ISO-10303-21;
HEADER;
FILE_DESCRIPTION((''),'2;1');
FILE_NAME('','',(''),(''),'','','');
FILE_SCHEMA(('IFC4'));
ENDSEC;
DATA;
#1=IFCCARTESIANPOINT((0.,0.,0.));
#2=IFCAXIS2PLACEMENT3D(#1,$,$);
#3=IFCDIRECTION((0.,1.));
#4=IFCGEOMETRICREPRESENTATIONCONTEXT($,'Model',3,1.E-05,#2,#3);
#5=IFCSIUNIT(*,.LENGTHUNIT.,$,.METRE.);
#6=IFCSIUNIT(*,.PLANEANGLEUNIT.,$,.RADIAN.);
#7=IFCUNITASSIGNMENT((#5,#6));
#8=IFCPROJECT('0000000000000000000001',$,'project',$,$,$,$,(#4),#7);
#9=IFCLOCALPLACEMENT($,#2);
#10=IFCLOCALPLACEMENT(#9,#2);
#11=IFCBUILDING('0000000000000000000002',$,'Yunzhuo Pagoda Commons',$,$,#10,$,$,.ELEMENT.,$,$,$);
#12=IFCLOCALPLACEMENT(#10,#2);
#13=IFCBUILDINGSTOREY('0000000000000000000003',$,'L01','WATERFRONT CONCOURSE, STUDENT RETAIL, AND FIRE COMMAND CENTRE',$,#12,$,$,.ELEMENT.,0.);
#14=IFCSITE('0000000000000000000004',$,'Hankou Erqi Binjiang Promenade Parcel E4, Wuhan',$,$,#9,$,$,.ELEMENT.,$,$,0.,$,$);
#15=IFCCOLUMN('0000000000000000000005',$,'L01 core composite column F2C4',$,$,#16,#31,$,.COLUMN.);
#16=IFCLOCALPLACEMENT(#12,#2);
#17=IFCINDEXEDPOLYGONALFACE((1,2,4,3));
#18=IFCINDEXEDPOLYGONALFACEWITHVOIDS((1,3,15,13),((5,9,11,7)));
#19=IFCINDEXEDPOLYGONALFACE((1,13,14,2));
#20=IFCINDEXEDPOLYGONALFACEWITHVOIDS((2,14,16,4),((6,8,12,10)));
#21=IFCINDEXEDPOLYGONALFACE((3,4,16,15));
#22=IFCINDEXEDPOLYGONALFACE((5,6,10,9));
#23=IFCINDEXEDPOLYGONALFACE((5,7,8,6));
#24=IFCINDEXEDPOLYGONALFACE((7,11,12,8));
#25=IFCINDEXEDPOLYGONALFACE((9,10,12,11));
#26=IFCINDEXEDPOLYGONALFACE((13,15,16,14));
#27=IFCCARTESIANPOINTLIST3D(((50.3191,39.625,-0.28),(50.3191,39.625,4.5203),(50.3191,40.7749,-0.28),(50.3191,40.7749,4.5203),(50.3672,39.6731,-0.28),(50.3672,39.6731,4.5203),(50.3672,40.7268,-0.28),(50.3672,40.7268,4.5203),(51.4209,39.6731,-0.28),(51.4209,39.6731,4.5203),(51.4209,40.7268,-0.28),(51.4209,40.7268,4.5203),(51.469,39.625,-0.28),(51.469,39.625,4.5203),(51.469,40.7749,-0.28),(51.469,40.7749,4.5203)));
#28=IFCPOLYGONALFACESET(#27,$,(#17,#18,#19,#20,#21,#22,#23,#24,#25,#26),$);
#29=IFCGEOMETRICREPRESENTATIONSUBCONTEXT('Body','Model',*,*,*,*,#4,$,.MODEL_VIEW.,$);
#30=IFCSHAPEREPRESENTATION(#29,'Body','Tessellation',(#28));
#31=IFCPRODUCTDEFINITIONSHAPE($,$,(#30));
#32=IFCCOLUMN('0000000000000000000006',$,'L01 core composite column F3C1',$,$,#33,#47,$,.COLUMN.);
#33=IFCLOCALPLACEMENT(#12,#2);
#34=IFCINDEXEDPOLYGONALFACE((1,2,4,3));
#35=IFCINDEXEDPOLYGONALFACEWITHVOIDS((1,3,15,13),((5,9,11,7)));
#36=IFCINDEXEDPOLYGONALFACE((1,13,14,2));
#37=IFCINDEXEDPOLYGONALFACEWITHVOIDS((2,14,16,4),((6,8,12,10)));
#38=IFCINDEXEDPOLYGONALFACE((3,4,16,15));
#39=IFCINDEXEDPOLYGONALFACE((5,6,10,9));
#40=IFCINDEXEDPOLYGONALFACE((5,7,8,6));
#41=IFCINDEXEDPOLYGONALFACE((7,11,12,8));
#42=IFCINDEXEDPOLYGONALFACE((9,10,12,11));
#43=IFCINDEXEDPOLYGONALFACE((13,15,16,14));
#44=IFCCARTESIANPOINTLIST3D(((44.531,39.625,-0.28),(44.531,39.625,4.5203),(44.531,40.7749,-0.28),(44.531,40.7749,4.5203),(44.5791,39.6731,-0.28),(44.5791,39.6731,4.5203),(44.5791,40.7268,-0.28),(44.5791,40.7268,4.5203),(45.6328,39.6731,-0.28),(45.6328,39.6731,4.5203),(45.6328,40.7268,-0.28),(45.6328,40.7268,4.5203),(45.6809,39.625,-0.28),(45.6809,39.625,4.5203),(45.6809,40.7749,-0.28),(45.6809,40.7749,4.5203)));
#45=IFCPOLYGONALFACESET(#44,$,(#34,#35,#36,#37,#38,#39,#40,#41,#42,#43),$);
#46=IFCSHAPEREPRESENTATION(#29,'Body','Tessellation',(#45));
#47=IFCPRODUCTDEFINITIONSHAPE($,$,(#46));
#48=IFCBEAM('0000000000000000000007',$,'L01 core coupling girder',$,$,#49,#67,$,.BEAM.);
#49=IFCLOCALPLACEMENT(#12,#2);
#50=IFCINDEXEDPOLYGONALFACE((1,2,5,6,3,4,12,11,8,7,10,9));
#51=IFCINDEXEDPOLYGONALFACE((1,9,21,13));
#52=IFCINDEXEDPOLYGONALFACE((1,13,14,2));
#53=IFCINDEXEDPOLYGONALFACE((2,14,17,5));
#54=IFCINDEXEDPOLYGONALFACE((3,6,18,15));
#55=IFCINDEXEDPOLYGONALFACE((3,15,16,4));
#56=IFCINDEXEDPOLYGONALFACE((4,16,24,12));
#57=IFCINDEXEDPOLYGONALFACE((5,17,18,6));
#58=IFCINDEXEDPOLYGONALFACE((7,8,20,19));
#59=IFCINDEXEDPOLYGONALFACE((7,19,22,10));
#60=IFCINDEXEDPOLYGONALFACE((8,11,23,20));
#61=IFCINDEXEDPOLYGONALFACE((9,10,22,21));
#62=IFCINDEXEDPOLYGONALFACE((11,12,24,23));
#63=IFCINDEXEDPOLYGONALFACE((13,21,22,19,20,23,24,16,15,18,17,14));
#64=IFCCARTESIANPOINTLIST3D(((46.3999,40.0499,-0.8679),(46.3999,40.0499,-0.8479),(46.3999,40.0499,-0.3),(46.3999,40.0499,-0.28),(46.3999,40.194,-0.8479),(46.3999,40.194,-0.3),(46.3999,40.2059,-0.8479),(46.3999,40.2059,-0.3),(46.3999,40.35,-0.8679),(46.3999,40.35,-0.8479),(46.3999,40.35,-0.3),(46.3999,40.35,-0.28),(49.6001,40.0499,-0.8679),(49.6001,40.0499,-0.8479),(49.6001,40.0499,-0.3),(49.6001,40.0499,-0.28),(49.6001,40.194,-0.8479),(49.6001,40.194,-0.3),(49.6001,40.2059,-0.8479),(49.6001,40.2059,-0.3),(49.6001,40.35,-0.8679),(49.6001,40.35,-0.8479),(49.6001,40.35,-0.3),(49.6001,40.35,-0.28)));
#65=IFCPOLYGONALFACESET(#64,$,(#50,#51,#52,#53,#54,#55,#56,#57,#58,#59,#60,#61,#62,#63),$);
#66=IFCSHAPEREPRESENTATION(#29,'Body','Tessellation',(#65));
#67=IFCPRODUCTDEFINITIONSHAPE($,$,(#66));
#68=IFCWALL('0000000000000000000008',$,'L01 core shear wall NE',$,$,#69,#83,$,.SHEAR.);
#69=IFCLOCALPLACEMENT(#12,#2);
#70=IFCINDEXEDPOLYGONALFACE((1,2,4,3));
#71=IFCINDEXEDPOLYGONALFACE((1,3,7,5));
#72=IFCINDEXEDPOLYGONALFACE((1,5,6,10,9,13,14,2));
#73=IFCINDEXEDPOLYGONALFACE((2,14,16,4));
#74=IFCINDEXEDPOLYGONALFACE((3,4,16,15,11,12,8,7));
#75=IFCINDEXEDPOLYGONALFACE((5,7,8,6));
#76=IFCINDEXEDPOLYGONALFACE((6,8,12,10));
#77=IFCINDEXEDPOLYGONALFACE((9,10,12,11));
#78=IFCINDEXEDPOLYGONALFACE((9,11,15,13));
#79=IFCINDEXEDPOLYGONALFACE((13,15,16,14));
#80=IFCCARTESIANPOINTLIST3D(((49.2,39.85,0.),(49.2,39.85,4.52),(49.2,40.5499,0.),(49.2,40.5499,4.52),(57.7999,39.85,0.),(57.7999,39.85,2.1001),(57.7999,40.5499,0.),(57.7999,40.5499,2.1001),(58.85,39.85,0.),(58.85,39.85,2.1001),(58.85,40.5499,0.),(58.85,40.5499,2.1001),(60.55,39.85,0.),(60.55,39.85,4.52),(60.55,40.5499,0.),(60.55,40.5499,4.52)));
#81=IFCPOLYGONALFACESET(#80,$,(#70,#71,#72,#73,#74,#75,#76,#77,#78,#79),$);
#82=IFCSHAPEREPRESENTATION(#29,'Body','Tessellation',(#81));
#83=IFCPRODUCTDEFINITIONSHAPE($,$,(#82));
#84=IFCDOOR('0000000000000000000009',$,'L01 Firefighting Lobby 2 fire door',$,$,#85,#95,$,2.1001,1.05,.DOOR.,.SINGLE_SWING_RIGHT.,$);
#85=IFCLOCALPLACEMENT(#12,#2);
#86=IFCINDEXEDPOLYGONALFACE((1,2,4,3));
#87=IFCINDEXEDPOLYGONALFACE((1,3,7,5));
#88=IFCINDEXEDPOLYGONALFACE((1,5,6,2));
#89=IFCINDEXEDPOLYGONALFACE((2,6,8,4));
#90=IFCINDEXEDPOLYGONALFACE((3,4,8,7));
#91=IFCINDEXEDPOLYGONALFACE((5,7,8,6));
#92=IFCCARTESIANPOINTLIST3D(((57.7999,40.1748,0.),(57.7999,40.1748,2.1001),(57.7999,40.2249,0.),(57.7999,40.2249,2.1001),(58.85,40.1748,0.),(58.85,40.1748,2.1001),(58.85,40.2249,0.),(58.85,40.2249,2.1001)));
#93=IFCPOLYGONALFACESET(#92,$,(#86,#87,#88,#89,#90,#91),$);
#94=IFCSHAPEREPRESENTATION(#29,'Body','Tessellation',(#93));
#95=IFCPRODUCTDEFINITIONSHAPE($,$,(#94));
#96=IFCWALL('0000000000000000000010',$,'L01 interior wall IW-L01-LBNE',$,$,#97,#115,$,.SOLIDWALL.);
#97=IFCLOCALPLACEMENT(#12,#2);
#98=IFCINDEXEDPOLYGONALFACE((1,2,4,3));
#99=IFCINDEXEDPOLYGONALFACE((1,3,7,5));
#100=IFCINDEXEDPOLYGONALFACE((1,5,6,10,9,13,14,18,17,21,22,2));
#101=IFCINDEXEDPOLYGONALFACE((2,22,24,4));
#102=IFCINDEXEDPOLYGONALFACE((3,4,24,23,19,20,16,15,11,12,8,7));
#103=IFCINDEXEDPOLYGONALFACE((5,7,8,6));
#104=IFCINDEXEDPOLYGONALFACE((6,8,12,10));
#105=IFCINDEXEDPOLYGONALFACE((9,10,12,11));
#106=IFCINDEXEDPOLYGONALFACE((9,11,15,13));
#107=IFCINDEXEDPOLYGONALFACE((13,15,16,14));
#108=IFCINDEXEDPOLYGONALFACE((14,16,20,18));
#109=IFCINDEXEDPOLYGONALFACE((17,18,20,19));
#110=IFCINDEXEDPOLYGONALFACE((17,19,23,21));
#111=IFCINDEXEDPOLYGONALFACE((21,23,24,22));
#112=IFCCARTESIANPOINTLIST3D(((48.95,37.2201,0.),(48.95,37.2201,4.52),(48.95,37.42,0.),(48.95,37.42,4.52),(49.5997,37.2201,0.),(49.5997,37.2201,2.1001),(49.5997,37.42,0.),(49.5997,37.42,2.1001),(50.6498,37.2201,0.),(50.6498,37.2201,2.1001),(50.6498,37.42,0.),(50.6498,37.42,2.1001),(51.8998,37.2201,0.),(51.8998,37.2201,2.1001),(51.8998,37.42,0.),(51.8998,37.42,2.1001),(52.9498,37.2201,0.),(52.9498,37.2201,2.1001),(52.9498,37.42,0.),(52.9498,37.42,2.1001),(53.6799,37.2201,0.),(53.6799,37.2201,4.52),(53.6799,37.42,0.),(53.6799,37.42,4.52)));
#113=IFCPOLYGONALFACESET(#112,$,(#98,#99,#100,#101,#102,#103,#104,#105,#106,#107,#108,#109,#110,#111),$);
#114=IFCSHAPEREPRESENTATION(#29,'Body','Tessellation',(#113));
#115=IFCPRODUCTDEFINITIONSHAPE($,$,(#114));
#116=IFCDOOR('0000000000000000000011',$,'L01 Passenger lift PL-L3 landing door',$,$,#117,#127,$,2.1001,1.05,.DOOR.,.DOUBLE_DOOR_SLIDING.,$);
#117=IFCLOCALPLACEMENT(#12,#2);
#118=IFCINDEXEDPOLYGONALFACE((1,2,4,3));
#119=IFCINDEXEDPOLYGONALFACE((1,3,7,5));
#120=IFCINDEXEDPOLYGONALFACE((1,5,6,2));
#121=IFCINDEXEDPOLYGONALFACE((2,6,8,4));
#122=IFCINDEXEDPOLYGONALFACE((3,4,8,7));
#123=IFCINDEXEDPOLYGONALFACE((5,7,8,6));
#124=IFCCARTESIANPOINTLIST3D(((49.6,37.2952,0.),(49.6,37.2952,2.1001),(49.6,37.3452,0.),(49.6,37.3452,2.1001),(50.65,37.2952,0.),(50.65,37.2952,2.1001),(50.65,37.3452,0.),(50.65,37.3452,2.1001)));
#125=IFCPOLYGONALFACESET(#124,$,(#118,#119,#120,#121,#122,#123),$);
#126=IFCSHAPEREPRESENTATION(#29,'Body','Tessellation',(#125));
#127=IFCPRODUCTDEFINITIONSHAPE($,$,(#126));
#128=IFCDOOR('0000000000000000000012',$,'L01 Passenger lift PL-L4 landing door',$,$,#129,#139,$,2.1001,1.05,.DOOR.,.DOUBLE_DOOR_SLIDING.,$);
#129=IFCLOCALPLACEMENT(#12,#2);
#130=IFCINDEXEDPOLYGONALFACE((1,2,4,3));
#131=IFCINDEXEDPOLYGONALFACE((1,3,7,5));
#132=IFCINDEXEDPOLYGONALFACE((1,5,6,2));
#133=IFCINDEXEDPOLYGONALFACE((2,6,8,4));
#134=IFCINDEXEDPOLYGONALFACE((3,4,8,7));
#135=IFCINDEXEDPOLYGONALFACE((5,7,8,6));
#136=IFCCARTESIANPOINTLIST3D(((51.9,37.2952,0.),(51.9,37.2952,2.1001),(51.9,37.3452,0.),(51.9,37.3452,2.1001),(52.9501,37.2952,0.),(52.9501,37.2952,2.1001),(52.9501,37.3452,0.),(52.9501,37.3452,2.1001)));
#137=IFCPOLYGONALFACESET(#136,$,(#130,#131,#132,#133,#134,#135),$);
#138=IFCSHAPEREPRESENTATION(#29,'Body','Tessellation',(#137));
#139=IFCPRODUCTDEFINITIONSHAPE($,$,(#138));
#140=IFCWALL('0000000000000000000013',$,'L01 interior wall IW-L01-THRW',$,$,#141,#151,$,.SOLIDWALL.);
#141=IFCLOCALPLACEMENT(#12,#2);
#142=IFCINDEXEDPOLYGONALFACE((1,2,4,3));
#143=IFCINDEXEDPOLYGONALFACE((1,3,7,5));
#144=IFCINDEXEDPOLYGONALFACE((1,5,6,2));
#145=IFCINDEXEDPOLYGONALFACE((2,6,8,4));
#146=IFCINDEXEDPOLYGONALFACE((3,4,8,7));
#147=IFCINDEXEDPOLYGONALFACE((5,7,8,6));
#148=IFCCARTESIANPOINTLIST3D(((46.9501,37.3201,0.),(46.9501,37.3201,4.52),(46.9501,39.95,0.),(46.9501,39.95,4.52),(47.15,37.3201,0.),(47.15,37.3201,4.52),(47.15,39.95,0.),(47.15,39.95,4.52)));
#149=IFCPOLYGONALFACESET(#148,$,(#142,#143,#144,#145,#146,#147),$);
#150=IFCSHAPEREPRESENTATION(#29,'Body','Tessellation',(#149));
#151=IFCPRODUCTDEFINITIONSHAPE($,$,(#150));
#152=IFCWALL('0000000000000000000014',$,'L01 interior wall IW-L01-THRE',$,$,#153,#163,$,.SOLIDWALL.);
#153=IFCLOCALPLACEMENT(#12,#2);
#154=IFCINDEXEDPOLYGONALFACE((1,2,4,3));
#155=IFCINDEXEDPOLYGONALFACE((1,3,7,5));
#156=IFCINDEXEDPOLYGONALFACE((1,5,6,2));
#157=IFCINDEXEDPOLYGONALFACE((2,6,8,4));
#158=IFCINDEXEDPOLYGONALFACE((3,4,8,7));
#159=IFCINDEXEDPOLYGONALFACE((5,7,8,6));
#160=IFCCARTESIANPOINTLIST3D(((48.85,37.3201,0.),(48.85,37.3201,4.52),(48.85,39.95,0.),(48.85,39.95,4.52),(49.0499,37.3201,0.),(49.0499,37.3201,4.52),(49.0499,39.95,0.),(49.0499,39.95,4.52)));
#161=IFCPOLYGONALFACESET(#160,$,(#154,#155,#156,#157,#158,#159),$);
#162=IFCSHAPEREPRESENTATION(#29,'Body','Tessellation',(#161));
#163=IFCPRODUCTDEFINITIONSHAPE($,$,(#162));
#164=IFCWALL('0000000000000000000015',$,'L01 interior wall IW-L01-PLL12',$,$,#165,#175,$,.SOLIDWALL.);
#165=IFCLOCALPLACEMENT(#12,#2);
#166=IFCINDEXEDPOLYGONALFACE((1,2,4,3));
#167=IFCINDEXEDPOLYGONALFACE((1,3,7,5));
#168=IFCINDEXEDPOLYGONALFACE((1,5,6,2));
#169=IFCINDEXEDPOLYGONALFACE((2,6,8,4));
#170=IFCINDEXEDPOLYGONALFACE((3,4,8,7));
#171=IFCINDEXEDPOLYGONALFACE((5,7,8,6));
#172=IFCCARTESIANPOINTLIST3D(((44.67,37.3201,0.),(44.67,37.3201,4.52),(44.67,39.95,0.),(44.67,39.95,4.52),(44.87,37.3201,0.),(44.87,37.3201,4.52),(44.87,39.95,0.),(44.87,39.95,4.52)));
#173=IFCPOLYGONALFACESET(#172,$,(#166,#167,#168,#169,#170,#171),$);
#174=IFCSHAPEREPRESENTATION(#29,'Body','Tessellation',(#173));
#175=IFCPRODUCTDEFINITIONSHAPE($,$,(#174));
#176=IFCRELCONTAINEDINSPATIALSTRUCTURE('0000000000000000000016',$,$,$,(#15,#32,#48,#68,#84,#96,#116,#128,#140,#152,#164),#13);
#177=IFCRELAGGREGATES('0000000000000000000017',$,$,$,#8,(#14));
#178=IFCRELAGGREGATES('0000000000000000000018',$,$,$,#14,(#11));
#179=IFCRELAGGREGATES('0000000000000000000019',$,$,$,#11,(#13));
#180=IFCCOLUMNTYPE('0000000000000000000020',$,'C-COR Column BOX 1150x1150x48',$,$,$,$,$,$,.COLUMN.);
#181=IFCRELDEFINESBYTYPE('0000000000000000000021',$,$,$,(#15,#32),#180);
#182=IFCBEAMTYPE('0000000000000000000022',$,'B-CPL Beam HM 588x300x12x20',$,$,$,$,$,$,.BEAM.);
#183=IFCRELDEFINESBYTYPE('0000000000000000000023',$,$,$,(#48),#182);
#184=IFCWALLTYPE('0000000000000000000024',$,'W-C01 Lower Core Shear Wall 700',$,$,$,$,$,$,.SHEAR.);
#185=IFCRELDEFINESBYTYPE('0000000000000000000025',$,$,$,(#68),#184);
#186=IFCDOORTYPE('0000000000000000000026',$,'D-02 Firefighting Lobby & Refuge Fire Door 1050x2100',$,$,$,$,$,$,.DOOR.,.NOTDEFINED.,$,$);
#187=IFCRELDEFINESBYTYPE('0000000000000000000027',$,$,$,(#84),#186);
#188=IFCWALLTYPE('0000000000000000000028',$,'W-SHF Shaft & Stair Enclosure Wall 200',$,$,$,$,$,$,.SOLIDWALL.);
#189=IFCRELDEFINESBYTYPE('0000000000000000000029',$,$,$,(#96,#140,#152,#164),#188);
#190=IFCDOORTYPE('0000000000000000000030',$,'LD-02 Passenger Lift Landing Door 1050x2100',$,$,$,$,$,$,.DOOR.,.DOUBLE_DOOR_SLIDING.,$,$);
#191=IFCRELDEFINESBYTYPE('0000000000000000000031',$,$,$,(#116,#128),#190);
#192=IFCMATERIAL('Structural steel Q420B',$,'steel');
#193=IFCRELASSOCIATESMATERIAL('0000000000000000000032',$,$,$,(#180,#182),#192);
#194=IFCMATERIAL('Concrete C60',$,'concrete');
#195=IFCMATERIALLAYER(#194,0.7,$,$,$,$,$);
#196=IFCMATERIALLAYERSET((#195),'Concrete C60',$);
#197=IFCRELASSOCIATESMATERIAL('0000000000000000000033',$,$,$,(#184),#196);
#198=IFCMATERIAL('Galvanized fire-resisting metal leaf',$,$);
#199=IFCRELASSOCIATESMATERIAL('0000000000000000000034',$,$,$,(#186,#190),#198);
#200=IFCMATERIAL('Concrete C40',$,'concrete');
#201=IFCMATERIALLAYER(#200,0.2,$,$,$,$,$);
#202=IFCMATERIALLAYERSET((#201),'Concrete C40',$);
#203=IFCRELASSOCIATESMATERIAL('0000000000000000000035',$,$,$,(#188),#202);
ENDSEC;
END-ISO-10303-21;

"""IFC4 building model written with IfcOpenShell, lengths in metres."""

from ifc_helpers import new_model, si_unit, direction, frame, frame_2d, origin, origin_with_axes, origin_2d, place, context, subcontext, project, spatial, rectangle, hollow_rectangle, i_section, extrude, source, transform, mapped, material, layer, layer_set, material_profile, profile_set, type_object, element, fill, save


model = new_model("IFC4")

# Units and contexts
model_context = context("Model", 3, precision=1e-05, world=origin(), true_north=direction((0.0, 1.0)))
body_context = subcontext(model_context, "Body", "Model", "MODEL_VIEW")
ifc_project = project(units=[si_unit("LENGTHUNIT", "METRE"), si_unit("PLANEANGLEUNIT", "RADIAN")], contexts=[model_context])

# Site, building, storey
site_placement = place(None, origin())
site = spatial("IfcSite", under=ifc_project, at=site_placement, Name="Hankou Erqi Binjiang Promenade Parcel E4, Wuhan", CompositionType="ELEMENT", RefElevation=0.0)
building_placement = place(site_placement, origin())
building = spatial("IfcBuilding", under=site, at=building_placement, Name="Yunzhuo Pagoda Commons", CompositionType="ELEMENT")
storey_placement = place(building_placement, origin())
storey = spatial("IfcBuildingStorey", under=building, at=storey_placement, Name="L01", Description="WATERFRONT CONCOURSE, STUDENT RETAIL, AND FIRE COMMAND CENTRE", CompositionType="ELEMENT", Elevation=0.0)

# Columns
ifc_material_1 = material(Name="Structural steel Q420B", Category="steel")
ifc_material_profile_1 = material_profile(ifc_material_1, hollow_rectangle(XDim=1.1499, YDim=1.1499, WallThickness=0.0481, at=origin_2d()), Name="Structural steel Q420B")
ifc_profile_set_1 = profile_set([ifc_material_profile_1], Name="Structural steel Q420B")
column_type = type_object("IfcColumnType", Name="C-COR Column BOX 1150x1150x48", PredefinedType="COLUMN", material=ifc_profile_set_1)
shared_shape_1 = source(origin(), body_context, "Body", "SweptSolid", [
    extrude(hollow_rectangle(XDim=1.1499, YDim=1.1499, WallThickness=0.0481, at=origin_2d()), origin(), (0.0, 0.0, 1.0), 4.8003),
])
for number, where, z_axis, x_axis, name in (
    (1, (50.894, 40.2, -0.28), (0.0, 0.0, 1.0), (1.0, 0.0, 0.0), "L01 core composite column F2C4"),
    (2, (45.106, 40.2, -0.28), (0.0, 0.0, 1.0), (1.0, 0.0, 0.0), "L01 core composite column F3C1"),
):
    element("IfcColumn", number, at=place(storey_placement, frame(where, z_axis=z_axis, x_axis=x_axis)), inside=storey, type_object=column_type, Name=name, PredefinedType="COLUMN", context=body_context, shape_type="MappedRepresentation", body=[
        mapped(shared_shape_1, transform((0.0, 0.0, 0.0), scale=1.0)),
    ])

# Beam
ifc_material_profile_2 = material_profile(ifc_material_1, i_section(OverallWidth=0.3, OverallDepth=0.5879, WebThickness=0.012, FlangeThickness=0.02, at=origin_2d()), Name="Structural steel Q420B")
ifc_profile_set_2 = profile_set([ifc_material_profile_2], Name="Structural steel Q420B")
beam_type = type_object("IfcBeamType", Name="B-CPL Beam HM 588x300x12x20", PredefinedType="BEAM", material=ifc_profile_set_2)
shared_shape_2 = source(origin(), body_context, "Body", "SweptSolid", [
    extrude(i_section(OverallWidth=0.3, OverallDepth=0.5879, WebThickness=0.012, FlangeThickness=0.02, at=origin_2d()), origin(), (0.0, 0.0, 1.0), 3.2002),
])
beam_placement = place(storey_placement, frame((46.3999, 40.2, -0.574), z_axis=(1.0, 0.0, 0.0), x_axis=(0.0, 1.0, 0.0)))
element("IfcBeam", 3, at=beam_placement, inside=storey, type_object=beam_type, Name="L01 core coupling girder", PredefinedType="BEAM", context=body_context, shape_type="MappedRepresentation", body=[
    mapped(shared_shape_2, transform((0.0, 0.0, 0.0), scale=1.0)),
])

# Wall, opening, door
ifc_material_2 = material(Name="Concrete C60", Category="concrete")
ifc_layer_1 = layer(ifc_material_2, 0.7)
ifc_layer_set_1 = layer_set([ifc_layer_1], Name="Concrete C60")
wall_type_1 = type_object("IfcWallType", Name="W-C01 Lower Core Shear Wall 700", PredefinedType="SHEAR", material=ifc_layer_set_1)
wall_1_placement = place(storey_placement, frame((49.2, 40.2, 0.0), z_axis=(0.0, 0.0, 1.0), x_axis=(1.0, 0.0, 0.0)))
wall_1 = element("IfcWall", 4, at=wall_1_placement, inside=storey, type_object=wall_type_1, Name="L01 core shear wall NE", PredefinedType="SHEAR", context=body_context, shape_type="SweptSolid", body=[
    extrude(rectangle(XDim=11.3501, YDim=0.7, at=frame_2d((5.675, 0.0))), origin(), (0.0, 0.0, 1.0), 4.52),
])
opening_1_placement = place(wall_1_placement, frame((8.6001, 0.0, 0.0)))
opening_1 = element("IfcOpeningElement", 5, at=opening_1_placement, cuts=wall_1, PredefinedType="OPENING", context=body_context, shape_type="SweptSolid", body=[
    extrude(rectangle(XDim=1.05, YDim=2.1001, at=frame_2d((0.5249, 1.05))), frame((0.0, 0.3599, 0.0), z_axis=(0.0, -1.0, 0.0), x_axis=(1.0, 0.0, 0.0)), (0.0, 0.0, 1.0), 0.72),
])
ifc_material_3 = material(Name="Galvanized fire-resisting metal leaf")
door_type_1 = type_object("IfcDoorType", Name="D-02 Firefighting Lobby & Refuge Fire Door 1050x2100", OperationType="NOTDEFINED", PredefinedType="DOOR", material=ifc_material_3)
shared_shape_3 = source(origin(), body_context, "Body", "SweptSolid", [
    extrude(rectangle(XDim=1.05, YDim=2.1001, at=frame_2d((0.5249, 1.05))), frame((0.0, 0.0249, 0.0), z_axis=(0.0, -1.0, 0.0), x_axis=(1.0, 0.0, 0.0)), (0.0, 0.0, 1.0), 0.05),
])
door_1_placement = place(opening_1_placement, origin_with_axes())
door_1 = element("IfcDoor", 6, at=door_1_placement, inside=storey, type_object=door_type_1, Name="L01 Firefighting Lobby 2 fire door", OperationType="SINGLE_SWING_RIGHT", OverallHeight=2.1001, OverallWidth=1.05, PredefinedType="DOOR", context=body_context, shape_type="MappedRepresentation", body=[
    mapped(shared_shape_3, transform((0.0, 0.0, 0.0), scale=1.0)),
])
fill(opening_1, door_1)

# Wall, openings, doors
ifc_material_4 = material(Name="Concrete C40", Category="concrete")
ifc_layer_2 = layer(ifc_material_4, 0.2)
ifc_layer_set_2 = layer_set([ifc_layer_2], Name="Concrete C40")
wall_type_2 = type_object("IfcWallType", Name="W-SHF Shaft & Stair Enclosure Wall 200", PredefinedType="SOLIDWALL", material=ifc_layer_set_2)
wall_2_placement = place(storey_placement, frame((48.95, 37.3201, 0.0), z_axis=(0.0, 0.0, 1.0), x_axis=(1.0, 0.0, 0.0)))
wall_2 = element("IfcWall", 7, at=wall_2_placement, inside=storey, type_object=wall_type_2, Name="L01 interior wall IW-L01-LBNE", PredefinedType="SOLIDWALL", context=body_context, shape_type="SweptSolid", body=[
    extrude(rectangle(XDim=4.73, YDim=0.2, at=frame_2d((2.365, 0.0))), origin(), (0.0, 0.0, 1.0), 4.52),
])
opening_2_placement = place(wall_2_placement, frame((0.6499, 0.0, 0.0)))
opening_2 = element("IfcOpeningElement", 8, at=opening_2_placement, cuts=wall_2, PredefinedType="OPENING", context=body_context, shape_type="SweptSolid", body=[
    extrude(rectangle(XDim=1.05, YDim=2.1001, at=frame_2d((0.5249, 1.05))), frame((0.0, 0.1099, 0.0), z_axis=(0.0, -1.0, 0.0), x_axis=(1.0, 0.0, 0.0)), (0.0, 0.0, 1.0), 0.22),
])
opening_3_placement = place(wall_2_placement, frame((2.95, 0.0, 0.0)))
opening_3 = element("IfcOpeningElement", 9, at=opening_3_placement, cuts=wall_2, PredefinedType="OPENING", context=body_context, shape_type="SweptSolid", body=[
    extrude(rectangle(XDim=1.05, YDim=2.1001, at=frame_2d((0.5249, 1.05))), frame((0.0, 0.1099, 0.0), z_axis=(0.0, -1.0, 0.0), x_axis=(1.0, 0.0, 0.0)), (0.0, 0.0, 1.0), 0.22),
])
door_type_2 = type_object("IfcDoorType", Name="LD-02 Passenger Lift Landing Door 1050x2100", OperationType="DOUBLE_DOOR_SLIDING", PredefinedType="DOOR", material=ifc_material_3)
door_2_placement = place(opening_2_placement, frame((1.05, 0.0, 0.0), z_axis=(0.0, 0.0, 1.0), x_axis=(-1.0, 0.0, 0.0)))
door_2 = element("IfcDoor", 10, at=door_2_placement, inside=storey, type_object=door_type_2, Name="L01 Passenger lift PL-L3 landing door", OperationType="DOUBLE_DOOR_SLIDING", OverallHeight=2.1001, OverallWidth=1.05, PredefinedType="DOOR", context=body_context, shape_type="MappedRepresentation", body=[
    mapped(shared_shape_3, transform((0.0, 0.0, 0.0), scale=1.0)),
])
fill(opening_2, door_2)
door_3_placement = place(opening_3_placement, frame((1.05, 0.0, 0.0), z_axis=(0.0, 0.0, 1.0), x_axis=(-1.0, 0.0, 0.0)))
door_3 = element("IfcDoor", 11, at=door_3_placement, inside=storey, type_object=door_type_2, Name="L01 Passenger lift PL-L4 landing door", OperationType="DOUBLE_DOOR_SLIDING", OverallHeight=2.1001, OverallWidth=1.05, PredefinedType="DOOR", context=body_context, shape_type="MappedRepresentation", body=[
    mapped(shared_shape_3, transform((0.0, 0.0, 0.0), scale=1.0)),
])
fill(opening_3, door_3)

# Walls
for number, where, z_axis, x_axis, name in (
    (12, (47.05, 37.3201, 0.0), (0.0, 0.0, 1.0), (0.0, 1.0, 0.0), "L01 interior wall IW-L01-THRW"),
    (13, (48.95, 37.3201, 0.0), (0.0, 0.0, 1.0), (0.0, 1.0, 0.0), "L01 interior wall IW-L01-THRE"),
    (14, (44.77, 37.3201, 0.0), (0.0, 0.0, 1.0), (0.0, 1.0, 0.0), "L01 interior wall IW-L01-PLL12"),
):
    element("IfcWall", number, at=place(storey_placement, frame(where, z_axis=z_axis, x_axis=x_axis)), inside=storey, type_object=wall_type_2, Name=name, PredefinedType="SOLIDWALL", context=body_context, shape_type="SweptSolid", body=[
        extrude(rectangle(XDim=2.6299, YDim=0.2, at=frame_2d((1.3149, 0.0))), origin(), (0.0, 0.0, 1.0), 4.52),
    ])

save(model, "model.ifc")
